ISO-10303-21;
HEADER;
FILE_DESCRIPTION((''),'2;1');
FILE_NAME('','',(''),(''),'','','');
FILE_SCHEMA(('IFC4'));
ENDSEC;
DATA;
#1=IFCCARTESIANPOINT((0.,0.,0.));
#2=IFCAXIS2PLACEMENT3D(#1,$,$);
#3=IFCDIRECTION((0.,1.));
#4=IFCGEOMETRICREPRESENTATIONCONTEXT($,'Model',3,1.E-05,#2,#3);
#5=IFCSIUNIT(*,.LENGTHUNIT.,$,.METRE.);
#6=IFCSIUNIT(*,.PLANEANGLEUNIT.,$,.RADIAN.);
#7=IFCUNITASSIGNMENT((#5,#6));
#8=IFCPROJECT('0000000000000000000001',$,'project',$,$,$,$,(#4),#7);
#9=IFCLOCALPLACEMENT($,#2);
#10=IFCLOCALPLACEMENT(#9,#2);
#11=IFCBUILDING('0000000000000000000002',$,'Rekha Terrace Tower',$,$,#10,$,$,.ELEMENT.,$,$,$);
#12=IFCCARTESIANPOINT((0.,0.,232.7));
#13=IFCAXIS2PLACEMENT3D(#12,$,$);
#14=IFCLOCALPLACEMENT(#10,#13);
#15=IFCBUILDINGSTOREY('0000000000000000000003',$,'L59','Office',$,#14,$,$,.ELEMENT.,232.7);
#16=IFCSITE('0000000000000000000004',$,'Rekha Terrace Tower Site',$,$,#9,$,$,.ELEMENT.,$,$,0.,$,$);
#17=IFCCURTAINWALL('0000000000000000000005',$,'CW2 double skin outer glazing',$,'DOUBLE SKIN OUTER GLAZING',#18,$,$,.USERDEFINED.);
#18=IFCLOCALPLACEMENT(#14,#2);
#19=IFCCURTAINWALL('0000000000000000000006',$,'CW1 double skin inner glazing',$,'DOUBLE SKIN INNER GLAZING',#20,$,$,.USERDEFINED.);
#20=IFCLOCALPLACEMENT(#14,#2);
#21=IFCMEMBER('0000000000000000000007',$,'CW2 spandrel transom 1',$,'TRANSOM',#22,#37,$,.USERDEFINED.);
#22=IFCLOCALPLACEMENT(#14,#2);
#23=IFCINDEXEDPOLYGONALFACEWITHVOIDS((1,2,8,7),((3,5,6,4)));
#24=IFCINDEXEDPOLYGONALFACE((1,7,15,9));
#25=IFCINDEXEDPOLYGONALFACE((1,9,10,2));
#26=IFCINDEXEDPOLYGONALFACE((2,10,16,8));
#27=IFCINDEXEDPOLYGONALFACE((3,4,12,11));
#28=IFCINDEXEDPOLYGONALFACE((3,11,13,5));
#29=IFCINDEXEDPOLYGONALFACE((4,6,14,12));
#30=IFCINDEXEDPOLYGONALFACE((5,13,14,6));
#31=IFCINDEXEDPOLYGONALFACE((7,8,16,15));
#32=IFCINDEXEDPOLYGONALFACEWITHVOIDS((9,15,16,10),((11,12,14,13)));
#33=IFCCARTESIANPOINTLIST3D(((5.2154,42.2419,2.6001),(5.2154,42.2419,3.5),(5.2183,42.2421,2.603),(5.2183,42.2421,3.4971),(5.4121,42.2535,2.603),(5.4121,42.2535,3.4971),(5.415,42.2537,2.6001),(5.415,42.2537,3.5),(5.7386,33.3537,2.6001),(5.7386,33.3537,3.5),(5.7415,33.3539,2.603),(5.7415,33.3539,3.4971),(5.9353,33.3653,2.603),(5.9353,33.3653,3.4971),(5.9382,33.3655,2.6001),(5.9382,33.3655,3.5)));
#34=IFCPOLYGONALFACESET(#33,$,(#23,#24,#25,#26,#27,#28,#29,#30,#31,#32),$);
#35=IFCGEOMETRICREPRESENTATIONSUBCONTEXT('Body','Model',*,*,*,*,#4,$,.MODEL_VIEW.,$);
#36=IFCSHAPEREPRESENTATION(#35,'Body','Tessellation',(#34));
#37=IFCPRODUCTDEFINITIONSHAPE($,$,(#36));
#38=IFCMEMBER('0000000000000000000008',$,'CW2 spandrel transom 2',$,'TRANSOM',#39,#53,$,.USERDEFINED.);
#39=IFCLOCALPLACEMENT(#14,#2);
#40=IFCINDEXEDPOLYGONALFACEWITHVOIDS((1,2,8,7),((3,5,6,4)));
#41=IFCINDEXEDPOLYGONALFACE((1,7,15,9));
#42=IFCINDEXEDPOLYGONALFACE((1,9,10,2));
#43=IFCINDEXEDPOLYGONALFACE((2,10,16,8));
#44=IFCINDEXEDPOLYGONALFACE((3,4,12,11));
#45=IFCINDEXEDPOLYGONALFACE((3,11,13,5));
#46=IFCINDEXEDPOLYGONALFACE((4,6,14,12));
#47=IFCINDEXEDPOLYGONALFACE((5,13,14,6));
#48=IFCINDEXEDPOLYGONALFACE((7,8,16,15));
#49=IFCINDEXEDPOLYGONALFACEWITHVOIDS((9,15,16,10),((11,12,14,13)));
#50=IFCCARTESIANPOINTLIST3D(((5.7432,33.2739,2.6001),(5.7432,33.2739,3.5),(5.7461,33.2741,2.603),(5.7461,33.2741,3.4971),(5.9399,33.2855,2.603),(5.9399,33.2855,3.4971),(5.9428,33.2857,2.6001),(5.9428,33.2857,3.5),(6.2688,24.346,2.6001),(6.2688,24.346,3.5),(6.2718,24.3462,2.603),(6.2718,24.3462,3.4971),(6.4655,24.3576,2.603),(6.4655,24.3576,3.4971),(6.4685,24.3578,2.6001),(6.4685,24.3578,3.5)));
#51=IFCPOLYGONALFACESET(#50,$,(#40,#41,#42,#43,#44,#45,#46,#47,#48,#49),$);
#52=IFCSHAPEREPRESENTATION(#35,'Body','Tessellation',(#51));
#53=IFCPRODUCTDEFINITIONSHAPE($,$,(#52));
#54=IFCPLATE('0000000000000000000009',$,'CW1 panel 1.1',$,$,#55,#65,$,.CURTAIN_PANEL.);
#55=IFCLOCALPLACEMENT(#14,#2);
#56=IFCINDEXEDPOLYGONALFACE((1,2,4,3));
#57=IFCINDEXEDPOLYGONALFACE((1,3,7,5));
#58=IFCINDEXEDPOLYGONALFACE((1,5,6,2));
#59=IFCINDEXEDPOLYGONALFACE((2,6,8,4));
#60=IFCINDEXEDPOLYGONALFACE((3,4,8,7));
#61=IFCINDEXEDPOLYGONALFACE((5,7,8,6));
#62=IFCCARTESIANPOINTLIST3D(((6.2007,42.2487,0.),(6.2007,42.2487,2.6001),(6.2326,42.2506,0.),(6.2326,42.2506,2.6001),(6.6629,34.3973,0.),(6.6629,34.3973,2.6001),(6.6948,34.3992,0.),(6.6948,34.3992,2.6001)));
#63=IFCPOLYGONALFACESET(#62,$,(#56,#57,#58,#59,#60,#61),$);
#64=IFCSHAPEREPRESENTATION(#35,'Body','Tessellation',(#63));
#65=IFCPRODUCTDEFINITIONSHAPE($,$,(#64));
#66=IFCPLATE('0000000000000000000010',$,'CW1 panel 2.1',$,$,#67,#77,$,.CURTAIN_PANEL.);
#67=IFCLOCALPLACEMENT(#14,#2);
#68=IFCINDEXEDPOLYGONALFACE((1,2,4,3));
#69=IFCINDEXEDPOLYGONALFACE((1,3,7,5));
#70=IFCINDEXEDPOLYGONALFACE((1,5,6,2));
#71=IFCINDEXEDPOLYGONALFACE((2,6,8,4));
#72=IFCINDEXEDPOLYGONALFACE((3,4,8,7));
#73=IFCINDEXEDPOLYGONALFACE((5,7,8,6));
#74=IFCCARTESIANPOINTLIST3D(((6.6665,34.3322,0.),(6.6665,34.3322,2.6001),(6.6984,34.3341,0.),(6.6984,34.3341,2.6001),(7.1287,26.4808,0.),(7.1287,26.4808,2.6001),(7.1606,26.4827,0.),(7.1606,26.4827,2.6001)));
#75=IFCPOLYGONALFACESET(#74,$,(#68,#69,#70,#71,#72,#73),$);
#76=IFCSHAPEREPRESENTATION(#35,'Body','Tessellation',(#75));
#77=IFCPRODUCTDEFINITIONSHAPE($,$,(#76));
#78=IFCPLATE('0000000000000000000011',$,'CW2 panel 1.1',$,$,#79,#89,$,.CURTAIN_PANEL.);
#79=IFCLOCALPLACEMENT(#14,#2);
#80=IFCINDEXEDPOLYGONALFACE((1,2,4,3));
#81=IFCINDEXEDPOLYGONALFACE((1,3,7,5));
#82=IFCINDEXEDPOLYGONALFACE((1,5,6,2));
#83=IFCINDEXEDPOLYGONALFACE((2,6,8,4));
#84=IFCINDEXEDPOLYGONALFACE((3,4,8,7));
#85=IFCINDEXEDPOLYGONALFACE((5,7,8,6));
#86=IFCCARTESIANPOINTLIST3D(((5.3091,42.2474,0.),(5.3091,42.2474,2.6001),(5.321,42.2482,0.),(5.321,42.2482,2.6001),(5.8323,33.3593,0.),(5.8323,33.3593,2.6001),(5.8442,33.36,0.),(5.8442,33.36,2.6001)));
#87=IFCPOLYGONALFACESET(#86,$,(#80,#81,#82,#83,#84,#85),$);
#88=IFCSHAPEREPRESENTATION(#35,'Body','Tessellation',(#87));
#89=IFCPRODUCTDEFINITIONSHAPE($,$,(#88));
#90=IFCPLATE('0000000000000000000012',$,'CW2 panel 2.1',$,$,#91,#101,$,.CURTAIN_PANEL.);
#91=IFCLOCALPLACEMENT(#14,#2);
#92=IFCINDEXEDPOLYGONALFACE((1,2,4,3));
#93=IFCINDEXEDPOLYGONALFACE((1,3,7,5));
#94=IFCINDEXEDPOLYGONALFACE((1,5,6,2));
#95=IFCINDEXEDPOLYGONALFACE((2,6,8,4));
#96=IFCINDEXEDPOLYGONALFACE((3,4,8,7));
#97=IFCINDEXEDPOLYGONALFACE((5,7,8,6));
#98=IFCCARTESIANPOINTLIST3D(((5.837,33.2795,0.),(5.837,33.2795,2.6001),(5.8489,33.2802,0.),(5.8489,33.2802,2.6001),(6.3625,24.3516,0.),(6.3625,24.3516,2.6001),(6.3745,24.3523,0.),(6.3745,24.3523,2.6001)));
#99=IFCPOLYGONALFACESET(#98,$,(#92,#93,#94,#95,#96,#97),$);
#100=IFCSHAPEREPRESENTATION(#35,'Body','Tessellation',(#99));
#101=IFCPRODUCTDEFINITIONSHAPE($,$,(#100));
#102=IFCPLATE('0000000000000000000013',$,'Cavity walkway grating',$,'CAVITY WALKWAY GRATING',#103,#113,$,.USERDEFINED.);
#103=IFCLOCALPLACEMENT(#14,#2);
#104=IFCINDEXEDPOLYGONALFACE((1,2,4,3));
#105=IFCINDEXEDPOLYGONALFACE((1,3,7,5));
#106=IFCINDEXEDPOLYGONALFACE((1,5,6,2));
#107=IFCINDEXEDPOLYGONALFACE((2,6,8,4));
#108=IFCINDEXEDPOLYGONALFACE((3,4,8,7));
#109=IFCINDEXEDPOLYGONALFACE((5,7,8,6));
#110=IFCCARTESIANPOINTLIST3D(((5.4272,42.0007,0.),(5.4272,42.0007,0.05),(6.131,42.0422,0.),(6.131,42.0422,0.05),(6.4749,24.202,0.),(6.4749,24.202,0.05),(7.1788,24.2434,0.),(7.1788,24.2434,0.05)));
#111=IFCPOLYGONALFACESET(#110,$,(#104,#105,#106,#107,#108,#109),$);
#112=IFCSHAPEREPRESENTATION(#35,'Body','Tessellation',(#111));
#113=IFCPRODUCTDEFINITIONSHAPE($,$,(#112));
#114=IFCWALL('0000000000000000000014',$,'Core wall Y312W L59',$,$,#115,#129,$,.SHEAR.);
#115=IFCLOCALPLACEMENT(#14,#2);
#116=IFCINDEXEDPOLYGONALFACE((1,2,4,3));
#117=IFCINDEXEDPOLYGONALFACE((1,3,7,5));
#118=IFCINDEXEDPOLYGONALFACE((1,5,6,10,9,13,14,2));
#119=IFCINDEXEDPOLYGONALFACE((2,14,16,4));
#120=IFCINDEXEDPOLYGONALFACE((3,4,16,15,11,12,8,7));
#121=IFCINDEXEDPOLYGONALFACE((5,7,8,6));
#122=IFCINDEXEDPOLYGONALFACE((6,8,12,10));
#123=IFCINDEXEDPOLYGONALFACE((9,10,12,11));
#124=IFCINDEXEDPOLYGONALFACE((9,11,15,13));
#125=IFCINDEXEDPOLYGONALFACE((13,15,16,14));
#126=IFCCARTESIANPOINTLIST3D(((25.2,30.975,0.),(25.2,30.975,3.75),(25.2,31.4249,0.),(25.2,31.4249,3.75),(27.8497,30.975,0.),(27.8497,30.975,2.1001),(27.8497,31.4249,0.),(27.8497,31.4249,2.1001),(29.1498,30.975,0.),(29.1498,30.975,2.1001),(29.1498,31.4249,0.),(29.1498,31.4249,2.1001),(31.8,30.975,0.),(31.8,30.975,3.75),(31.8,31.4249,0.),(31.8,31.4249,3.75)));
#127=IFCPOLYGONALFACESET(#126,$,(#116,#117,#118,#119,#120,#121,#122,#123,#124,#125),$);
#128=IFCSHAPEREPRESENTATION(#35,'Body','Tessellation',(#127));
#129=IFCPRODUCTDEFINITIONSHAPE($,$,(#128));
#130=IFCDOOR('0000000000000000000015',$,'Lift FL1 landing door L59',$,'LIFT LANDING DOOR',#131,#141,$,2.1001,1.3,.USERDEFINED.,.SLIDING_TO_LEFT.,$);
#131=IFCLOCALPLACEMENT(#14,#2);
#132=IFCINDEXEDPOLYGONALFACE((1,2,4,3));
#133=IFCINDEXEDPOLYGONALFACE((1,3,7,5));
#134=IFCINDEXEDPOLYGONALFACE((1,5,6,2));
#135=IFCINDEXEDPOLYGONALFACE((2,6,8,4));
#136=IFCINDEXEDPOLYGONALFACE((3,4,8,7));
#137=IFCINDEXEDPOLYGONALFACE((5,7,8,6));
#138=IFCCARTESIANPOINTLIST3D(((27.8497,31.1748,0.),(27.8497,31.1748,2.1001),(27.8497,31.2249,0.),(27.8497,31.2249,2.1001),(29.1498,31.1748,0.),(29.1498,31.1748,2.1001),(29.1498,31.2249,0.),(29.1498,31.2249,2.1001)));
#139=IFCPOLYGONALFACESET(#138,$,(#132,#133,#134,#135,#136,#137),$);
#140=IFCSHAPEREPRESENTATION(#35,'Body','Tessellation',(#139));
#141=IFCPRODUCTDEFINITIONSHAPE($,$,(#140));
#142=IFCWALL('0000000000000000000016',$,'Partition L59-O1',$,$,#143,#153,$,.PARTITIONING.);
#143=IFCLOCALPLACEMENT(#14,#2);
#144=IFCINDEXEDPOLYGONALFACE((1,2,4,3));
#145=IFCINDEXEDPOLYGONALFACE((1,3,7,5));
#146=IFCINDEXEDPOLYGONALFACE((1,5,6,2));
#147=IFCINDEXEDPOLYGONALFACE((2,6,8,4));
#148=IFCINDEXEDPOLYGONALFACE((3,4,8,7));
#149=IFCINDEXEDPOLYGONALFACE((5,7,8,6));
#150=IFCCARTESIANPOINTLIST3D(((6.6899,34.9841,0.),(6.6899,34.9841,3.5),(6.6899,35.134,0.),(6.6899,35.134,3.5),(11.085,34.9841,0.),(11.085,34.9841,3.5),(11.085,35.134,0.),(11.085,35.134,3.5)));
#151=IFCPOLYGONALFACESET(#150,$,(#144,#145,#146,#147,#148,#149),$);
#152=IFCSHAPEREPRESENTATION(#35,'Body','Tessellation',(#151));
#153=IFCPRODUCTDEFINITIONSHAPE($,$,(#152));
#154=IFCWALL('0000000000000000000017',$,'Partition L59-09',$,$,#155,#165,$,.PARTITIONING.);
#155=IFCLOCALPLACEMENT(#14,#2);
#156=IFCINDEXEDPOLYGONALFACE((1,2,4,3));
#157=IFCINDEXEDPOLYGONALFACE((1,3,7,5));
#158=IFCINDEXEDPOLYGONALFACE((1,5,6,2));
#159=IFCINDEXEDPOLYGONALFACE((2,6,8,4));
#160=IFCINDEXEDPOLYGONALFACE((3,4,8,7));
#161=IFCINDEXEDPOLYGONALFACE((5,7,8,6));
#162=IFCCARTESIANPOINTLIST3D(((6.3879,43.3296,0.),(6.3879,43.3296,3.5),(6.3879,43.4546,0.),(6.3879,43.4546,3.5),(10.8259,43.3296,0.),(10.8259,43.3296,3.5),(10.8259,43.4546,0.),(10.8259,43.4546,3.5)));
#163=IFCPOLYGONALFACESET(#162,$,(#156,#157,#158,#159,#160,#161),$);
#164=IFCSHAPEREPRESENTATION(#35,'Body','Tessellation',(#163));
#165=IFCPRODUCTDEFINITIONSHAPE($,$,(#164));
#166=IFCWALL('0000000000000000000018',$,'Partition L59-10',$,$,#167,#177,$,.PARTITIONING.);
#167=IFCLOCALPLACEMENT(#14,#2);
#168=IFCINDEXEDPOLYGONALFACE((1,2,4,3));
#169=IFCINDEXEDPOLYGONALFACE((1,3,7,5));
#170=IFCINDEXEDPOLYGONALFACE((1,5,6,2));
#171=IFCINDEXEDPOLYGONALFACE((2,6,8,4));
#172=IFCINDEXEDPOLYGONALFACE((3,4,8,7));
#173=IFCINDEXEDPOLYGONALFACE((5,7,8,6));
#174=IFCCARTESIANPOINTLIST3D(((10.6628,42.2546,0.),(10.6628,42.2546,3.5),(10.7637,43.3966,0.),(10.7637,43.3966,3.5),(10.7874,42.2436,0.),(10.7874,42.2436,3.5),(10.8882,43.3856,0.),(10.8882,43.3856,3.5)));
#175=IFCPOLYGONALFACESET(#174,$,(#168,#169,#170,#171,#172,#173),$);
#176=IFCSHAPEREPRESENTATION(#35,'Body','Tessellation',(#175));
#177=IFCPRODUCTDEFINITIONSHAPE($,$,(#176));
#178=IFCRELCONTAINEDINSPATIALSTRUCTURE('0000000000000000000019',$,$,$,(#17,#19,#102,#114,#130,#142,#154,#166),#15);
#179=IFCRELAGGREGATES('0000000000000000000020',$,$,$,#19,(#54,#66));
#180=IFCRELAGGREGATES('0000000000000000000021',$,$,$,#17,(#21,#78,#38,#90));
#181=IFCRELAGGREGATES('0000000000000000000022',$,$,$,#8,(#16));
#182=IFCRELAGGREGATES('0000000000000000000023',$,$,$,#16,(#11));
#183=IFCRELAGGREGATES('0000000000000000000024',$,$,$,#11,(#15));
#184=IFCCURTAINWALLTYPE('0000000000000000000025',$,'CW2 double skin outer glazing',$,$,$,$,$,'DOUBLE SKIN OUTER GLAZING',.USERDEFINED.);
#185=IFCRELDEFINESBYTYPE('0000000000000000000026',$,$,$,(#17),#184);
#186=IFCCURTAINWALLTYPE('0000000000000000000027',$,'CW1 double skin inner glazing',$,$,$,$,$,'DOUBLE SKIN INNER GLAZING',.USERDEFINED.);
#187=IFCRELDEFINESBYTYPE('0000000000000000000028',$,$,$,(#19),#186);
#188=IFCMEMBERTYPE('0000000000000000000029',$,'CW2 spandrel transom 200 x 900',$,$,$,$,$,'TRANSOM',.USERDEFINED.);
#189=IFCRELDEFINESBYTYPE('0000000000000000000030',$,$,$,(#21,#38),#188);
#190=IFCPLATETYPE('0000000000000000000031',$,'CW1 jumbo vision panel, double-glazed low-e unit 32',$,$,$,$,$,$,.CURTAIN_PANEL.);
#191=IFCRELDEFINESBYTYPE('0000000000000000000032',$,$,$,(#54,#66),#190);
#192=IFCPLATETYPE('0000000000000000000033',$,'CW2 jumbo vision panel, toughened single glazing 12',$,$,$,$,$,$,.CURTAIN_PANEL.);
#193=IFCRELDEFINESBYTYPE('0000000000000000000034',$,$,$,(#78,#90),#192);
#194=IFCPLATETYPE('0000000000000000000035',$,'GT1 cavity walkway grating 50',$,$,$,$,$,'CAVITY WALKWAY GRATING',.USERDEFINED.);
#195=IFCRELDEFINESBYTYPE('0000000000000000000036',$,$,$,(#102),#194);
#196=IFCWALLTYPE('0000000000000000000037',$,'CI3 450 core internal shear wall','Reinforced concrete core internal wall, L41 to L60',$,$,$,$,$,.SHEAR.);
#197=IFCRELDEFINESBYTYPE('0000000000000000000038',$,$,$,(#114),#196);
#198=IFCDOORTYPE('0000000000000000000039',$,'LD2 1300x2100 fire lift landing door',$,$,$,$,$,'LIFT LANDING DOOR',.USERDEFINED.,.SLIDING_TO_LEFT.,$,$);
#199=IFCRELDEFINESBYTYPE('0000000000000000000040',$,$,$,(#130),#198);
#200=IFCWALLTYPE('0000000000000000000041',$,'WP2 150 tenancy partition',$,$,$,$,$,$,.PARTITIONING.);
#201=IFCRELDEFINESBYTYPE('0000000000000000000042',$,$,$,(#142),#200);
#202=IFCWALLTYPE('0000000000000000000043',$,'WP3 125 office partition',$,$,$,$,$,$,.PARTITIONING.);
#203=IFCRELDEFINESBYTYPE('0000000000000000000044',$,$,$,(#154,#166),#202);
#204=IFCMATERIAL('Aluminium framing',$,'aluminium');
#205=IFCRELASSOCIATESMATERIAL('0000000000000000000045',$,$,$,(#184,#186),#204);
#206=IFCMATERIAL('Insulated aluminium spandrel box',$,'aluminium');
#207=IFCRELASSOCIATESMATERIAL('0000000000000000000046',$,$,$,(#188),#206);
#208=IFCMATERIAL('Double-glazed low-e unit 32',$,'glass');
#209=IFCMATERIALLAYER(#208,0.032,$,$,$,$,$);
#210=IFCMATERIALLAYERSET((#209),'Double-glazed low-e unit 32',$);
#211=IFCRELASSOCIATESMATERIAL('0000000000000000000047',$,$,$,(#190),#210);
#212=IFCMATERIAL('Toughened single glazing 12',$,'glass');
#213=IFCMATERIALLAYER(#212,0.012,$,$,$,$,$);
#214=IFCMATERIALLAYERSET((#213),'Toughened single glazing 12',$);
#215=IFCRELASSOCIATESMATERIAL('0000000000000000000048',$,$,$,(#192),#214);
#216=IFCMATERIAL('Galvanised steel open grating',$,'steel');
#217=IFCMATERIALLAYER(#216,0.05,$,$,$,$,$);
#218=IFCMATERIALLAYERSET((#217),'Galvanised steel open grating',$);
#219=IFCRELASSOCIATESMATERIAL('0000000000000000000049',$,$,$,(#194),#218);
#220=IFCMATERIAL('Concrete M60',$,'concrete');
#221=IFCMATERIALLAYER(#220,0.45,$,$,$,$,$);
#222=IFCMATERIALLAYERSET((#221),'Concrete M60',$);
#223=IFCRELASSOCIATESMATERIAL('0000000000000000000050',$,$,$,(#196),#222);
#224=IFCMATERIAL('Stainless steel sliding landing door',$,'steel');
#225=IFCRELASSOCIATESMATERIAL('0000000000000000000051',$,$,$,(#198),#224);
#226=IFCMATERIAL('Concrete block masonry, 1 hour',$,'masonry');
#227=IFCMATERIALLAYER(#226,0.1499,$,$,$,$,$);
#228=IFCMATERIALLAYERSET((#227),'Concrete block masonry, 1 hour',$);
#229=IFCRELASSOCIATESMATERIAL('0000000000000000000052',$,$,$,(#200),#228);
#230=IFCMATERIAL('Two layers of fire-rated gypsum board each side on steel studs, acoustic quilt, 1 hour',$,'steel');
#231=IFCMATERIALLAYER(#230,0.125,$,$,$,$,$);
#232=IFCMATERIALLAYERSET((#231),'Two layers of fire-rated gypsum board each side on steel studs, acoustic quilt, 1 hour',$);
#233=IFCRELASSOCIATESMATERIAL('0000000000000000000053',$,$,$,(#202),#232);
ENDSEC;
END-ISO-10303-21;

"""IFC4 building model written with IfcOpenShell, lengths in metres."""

from ifc_helpers import new_model, si_unit, direction, frame, frame_2d, origin, origin_2d, place, context, subcontext, project, spatial, rectangle, hollow_rectangle, extrude, material, layer, layer_set, material_profile, profile_set, type_object, element, fill, aggregate, save


model = new_model("IFC4")

# Units and contexts
model_context = context("Model", 3, precision=1e-05, world=origin(), true_north=direction((0.0, 1.0)))
body_context = subcontext(model_context, "Body", "Model", "MODEL_VIEW")
ifc_project = project(units=[si_unit("LENGTHUNIT", "METRE"), si_unit("PLANEANGLEUNIT", "RADIAN")], contexts=[model_context])

# Site, building, storey
site_placement = place(None, origin())
site = spatial("IfcSite", under=ifc_project, at=site_placement, Name="Rekha Terrace Tower Site", CompositionType="ELEMENT", RefElevation=0.0)
building_placement = place(site_placement, origin())
building = spatial("IfcBuilding", under=site, at=building_placement, Name="Rekha Terrace Tower", CompositionType="ELEMENT")
storey_placement = place(building_placement, frame((0.0, 0.0, 232.7)))
storey = spatial("IfcBuildingStorey", under=building, at=storey_placement, Name="L59", Description="Office", CompositionType="ELEMENT", Elevation=232.7)

# Curtain wall
ifc_material_1 = material(Name="Aluminium framing", Category="aluminium")
curtain_wall_type_1 = type_object("IfcCurtainWallType", Name="CW2 double skin outer glazing", ElementType="DOUBLE SKIN OUTER GLAZING", PredefinedType="USERDEFINED", material=ifc_material_1)
curtain_wall_1_placement = place(storey_placement, origin())
curtain_wall_1 = element("IfcCurtainWall", 1, at=curtain_wall_1_placement, inside=storey, type_object=curtain_wall_type_1, Name="CW2 double skin outer glazing", ObjectType="DOUBLE SKIN OUTER GLAZING", PredefinedType="USERDEFINED")

# Curtain wall
curtain_wall_type_2 = type_object("IfcCurtainWallType", Name="CW1 double skin inner glazing", ElementType="DOUBLE SKIN INNER GLAZING", PredefinedType="USERDEFINED", material=ifc_material_1)
curtain_wall_2_placement = place(storey_placement, origin())
curtain_wall_2 = element("IfcCurtainWall", 2, at=curtain_wall_2_placement, inside=storey, type_object=curtain_wall_type_2, Name="CW1 double skin inner glazing", ObjectType="DOUBLE SKIN INNER GLAZING", PredefinedType="USERDEFINED")
ifc_material_2 = material(Name="Insulated aluminium spandrel box", Category="aluminium")

# Members
ifc_material_profile_1 = material_profile(ifc_material_2, hollow_rectangle(XDim=0.2, YDim=0.8999, WallThickness=0.0029, at=origin_2d()), Name="AL SPANDREL BOX 200x900")
ifc_profile_set_1 = profile_set([ifc_material_profile_1], Name="Insulated aluminium spandrel box")
member_type_1 = type_object("IfcMemberType", Name="CW2 spandrel transom 200 x 900", ElementType="TRANSOM", PredefinedType="USERDEFINED", material=ifc_profile_set_1)
member_1_placement = place(storey_placement, frame((5.3152, 42.2478, 3.05), z_axis=(0.058762, -0.998272, 0.0), x_axis=(0.998272, 0.058762, 0.0)))
member_1 = element("IfcMember", 3, at=member_1_placement, type_object=member_type_1, Name="CW2 spandrel transom 1", ObjectType="TRANSOM", PredefinedType="USERDEFINED", context=body_context, shape_type="SweptSolid", body=[
    extrude(hollow_rectangle(XDim=0.2, YDim=0.8999, WallThickness=0.0029, at=origin_2d()), origin(), (0.0, 0.0, 1.0), 8.9036),
])
member_2_placement = place(storey_placement, frame((5.843, 33.2798, 3.05), z_axis=(0.058773, -0.998271, 0.0), x_axis=(0.998271, 0.058773, 0.0)))
member_2 = element("IfcMember", 4, at=member_2_placement, type_object=member_type_1, Name="CW2 spandrel transom 2", ObjectType="TRANSOM", PredefinedType="USERDEFINED", context=body_context, shape_type="SweptSolid", body=[
    extrude(hollow_rectangle(XDim=0.2, YDim=0.8999, WallThickness=0.0029, at=origin_2d()), origin(), (0.0, 0.0, 1.0), 8.9434),
])

# Plates
ifc_material_3 = material(Name="Double-glazed low-e unit 32", Category="glass")
ifc_layer_1 = layer(ifc_material_3, 0.032)
ifc_layer_set_1 = layer_set([ifc_layer_1], Name="Double-glazed low-e unit 32")
plate_type_1 = type_object("IfcPlateType", Name="CW1 jumbo vision panel, double-glazed low-e unit 32", PredefinedType="CURTAIN_PANEL", material=ifc_layer_set_1)
plate_1_placement = place(storey_placement, frame((6.4478, 38.324, 0.0), z_axis=(0.0, 0.0, 1.0), x_axis=(0.058765, -0.998272, 0.0)))
plate_1 = element("IfcPlate", 5, at=plate_1_placement, type_object=plate_type_1, Name="CW1 panel 1.1", PredefinedType="CURTAIN_PANEL", context=body_context, shape_type="SweptSolid", body=[
    extrude(rectangle(XDim=7.865, YDim=0.032, at=origin_2d()), origin(), (0.0, 0.0, 1.0), 2.6001),
])
plate_2_placement = place(storey_placement, frame((6.9136, 30.4075, 0.0), z_axis=(0.0, 0.0, 1.0), x_axis=(0.058765, -0.998272, 0.0)))
plate_2 = element("IfcPlate", 6, at=plate_2_placement, type_object=plate_type_1, Name="CW1 panel 2.1", PredefinedType="CURTAIN_PANEL", context=body_context, shape_type="SweptSolid", body=[
    extrude(rectangle(XDim=7.865, YDim=0.032, at=origin_2d()), origin(), (0.0, 0.0, 1.0), 2.6001),
])
aggregate(curtain_wall_2, [plate_1, plate_2])
ifc_material_4 = material(Name="Toughened single glazing 12", Category="glass")
ifc_layer_2 = layer(ifc_material_4, 0.012)
ifc_layer_set_2 = layer_set([ifc_layer_2], Name="Toughened single glazing 12")
plate_type_2 = type_object("IfcPlateType", Name="CW2 jumbo vision panel, toughened single glazing 12", PredefinedType="CURTAIN_PANEL", material=ifc_layer_set_2)
plate_3_placement = place(storey_placement, frame((5.5767, 37.8037, 0.0), z_axis=(0.0, 0.0, 1.0), x_axis=(0.058765, -0.998272, 0.0)))
plate_3 = element("IfcPlate", 7, at=plate_3_placement, type_object=plate_type_2, Name="CW2 panel 1.1", PredefinedType="CURTAIN_PANEL", context=body_context, shape_type="SweptSolid", body=[
    extrude(rectangle(XDim=8.9036, YDim=0.012, at=origin_2d()), origin(), (0.0, 0.0, 1.0), 2.6001),
])
plate_4_placement = place(storey_placement, frame((6.1057, 28.8159, 0.0), z_axis=(0.0, 0.0, 1.0), x_axis=(0.058765, -0.998272, 0.0)))
plate_4 = element("IfcPlate", 8, at=plate_4_placement, type_object=plate_type_2, Name="CW2 panel 2.1", PredefinedType="CURTAIN_PANEL", context=body_context, shape_type="SweptSolid", body=[
    extrude(rectangle(XDim=8.9434, YDim=0.012, at=origin_2d()), origin(), (0.0, 0.0, 1.0), 2.6001),
])
aggregate(curtain_wall_1, [member_1, plate_3, member_2, plate_4])
ifc_material_5 = material(Name="Galvanised steel open grating", Category="steel")
ifc_layer_3 = layer(ifc_material_5, 0.05)
ifc_layer_set_3 = layer_set([ifc_layer_3], Name="Galvanised steel open grating")
plate_type_3 = type_object("IfcPlateType", Name="GT1 cavity walkway grating 50", ElementType="CAVITY WALKWAY GRATING", PredefinedType="USERDEFINED", material=ifc_layer_set_3)
plate_5_placement = place(storey_placement, frame((6.303, 33.1221, 0.0), z_axis=(0.0, 0.0, 1.0), x_axis=(0.058765, -0.998272, 0.0)))
element("IfcPlate", 9, at=plate_5_placement, inside=storey, type_object=plate_type_3, Name="Cavity walkway grating", ObjectType="CAVITY WALKWAY GRATING", PredefinedType="USERDEFINED", context=body_context, shape_type="SweptSolid", body=[
    extrude(rectangle(XDim=17.8296, YDim=0.7051, at=origin_2d()), origin(), (0.0, 0.0, 1.0), 0.05),
])

# Wall, opening, door
ifc_material_6 = material(Name="Concrete M60", Category="concrete")
ifc_layer_4 = layer(ifc_material_6, 0.45)
ifc_layer_set_4 = layer_set([ifc_layer_4], Name="Concrete M60")
wall_type_1 = type_object("IfcWallType", Name="CI3 450 core internal shear wall", Description="Reinforced concrete core internal wall, L41 to L60", PredefinedType="SHEAR", material=ifc_layer_set_4)
wall_1_placement = place(storey_placement, frame((25.2, 31.2, 0.0), z_axis=(0.0, 0.0, 1.0), x_axis=(1.0, 0.0, 0.0)))
wall_1 = element("IfcWall", 10, at=wall_1_placement, inside=storey, type_object=wall_type_1, Name="Core wall Y312W L59", PredefinedType="SHEAR", context=body_context, shape_type="SweptSolid", body=[
    extrude(rectangle(XDim=6.6001, YDim=0.45, at=frame_2d((3.3, 0.0))), origin(), (0.0, 0.0, 1.0), 3.75),
])
opening_1_placement = place(wall_1_placement, frame((2.6499, 0.0, 0.0)))
opening_1 = element("IfcOpeningElement", 11, at=opening_1_placement, cuts=wall_1, PredefinedType="OPENING", context=body_context, shape_type="SweptSolid", body=[
    extrude(rectangle(XDim=1.3, YDim=2.1001, at=frame_2d((0.6499, 1.05))), frame((0.0, 0.2349, 0.0), z_axis=(0.0, -1.0, 0.0), x_axis=(1.0, 0.0, 0.0)), (0.0, 0.0, 1.0), 0.47),
])
ifc_material_7 = material(Name="Stainless steel sliding landing door", Category="steel")
door_type_1 = type_object("IfcDoorType", Name="LD2 1300x2100 fire lift landing door", ElementType="LIFT LANDING DOOR", OperationType="SLIDING_TO_LEFT", PredefinedType="USERDEFINED", material=ifc_material_7)
door_1_placement = place(opening_1_placement, origin())
door_1 = element("IfcDoor", 12, at=door_1_placement, inside=storey, type_object=door_type_1, Name="Lift FL1 landing door L59", ObjectType="LIFT LANDING DOOR", OperationType="SLIDING_TO_LEFT", OverallHeight=2.1001, OverallWidth=1.3, PredefinedType="USERDEFINED", context=body_context, shape_type="SweptSolid", body=[
    extrude(rectangle(XDim=1.3, YDim=2.1001, at=frame_2d((0.6499, 1.05))), frame((0.0, 0.0249, 0.0), z_axis=(0.0, -1.0, 0.0), x_axis=(1.0, 0.0, 0.0)), (0.0, 0.0, 1.0), 0.05),
])
fill(opening_1, door_1)

# Walls
ifc_material_8 = material(Name="Concrete block masonry, 1 hour", Category="masonry")
ifc_layer_5 = layer(ifc_material_8, 0.1499)
ifc_layer_set_5 = layer_set([ifc_layer_5], Name="Concrete block masonry, 1 hour")
wall_type_2 = type_object("IfcWallType", Name="WP2 150 tenancy partition", PredefinedType="PARTITIONING", material=ifc_layer_set_5)
wall_2_placement = place(storey_placement, frame((11.085, 35.0591, 0.0), z_axis=(0.0, 0.0, 1.0), x_axis=(-1.0, 0.0, 0.0)))
element("IfcWall", 13, at=wall_2_placement, inside=storey, type_object=wall_type_2, Name="Partition L59-O1", PredefinedType="PARTITIONING", context=body_context, shape_type="SweptSolid", body=[
    extrude(rectangle(XDim=4.395, YDim=0.1499, at=frame_2d((2.1975, 0.0))), origin(), (0.0, 0.0, 1.0), 3.5),
])
ifc_material_9 = material(Name="Two layers of fire-rated gypsum board each side on steel studs, acoustic quilt, 1 hour", Category="steel")
ifc_layer_6 = layer(ifc_material_9, 0.125)
ifc_layer_set_6 = layer_set([ifc_layer_6], Name="Two layers of fire-rated gypsum board each side on steel studs, acoustic quilt, 1 hour")
wall_type_3 = type_object("IfcWallType", Name="WP3 125 office partition", PredefinedType="PARTITIONING", material=ifc_layer_set_6)
wall_3_placement = place(storey_placement, frame((10.8259, 43.3921, 0.0), z_axis=(0.0, 0.0, 1.0), x_axis=(-1.0, 0.0, 0.0)))
element("IfcWall", 14, at=wall_3_placement, inside=storey, type_object=wall_type_3, Name="Partition L59-09", PredefinedType="PARTITIONING", context=body_context, shape_type="SweptSolid", body=[
    extrude(rectangle(XDim=4.438, YDim=0.125, at=frame_2d((2.219, 0.0))), origin(), (0.0, 0.0, 1.0), 3.5),
])
wall_4_placement = place(storey_placement, frame((10.8259, 43.3911, 0.0), z_axis=(0.0, 0.0, 1.0), x_axis=(-0.087944, -0.996125, 0.0)))
element("IfcWall", 15, at=wall_4_placement, inside=storey, type_object=wall_type_3, Name="Partition L59-10", PredefinedType="PARTITIONING", context=body_context, shape_type="SweptSolid", body=[
    extrude(rectangle(XDim=1.1465, YDim=0.125, at=frame_2d((0.5732, 0.0))), origin(), (0.0, 0.0, 1.0), 3.5),
])

save(model, "model.ifc")
